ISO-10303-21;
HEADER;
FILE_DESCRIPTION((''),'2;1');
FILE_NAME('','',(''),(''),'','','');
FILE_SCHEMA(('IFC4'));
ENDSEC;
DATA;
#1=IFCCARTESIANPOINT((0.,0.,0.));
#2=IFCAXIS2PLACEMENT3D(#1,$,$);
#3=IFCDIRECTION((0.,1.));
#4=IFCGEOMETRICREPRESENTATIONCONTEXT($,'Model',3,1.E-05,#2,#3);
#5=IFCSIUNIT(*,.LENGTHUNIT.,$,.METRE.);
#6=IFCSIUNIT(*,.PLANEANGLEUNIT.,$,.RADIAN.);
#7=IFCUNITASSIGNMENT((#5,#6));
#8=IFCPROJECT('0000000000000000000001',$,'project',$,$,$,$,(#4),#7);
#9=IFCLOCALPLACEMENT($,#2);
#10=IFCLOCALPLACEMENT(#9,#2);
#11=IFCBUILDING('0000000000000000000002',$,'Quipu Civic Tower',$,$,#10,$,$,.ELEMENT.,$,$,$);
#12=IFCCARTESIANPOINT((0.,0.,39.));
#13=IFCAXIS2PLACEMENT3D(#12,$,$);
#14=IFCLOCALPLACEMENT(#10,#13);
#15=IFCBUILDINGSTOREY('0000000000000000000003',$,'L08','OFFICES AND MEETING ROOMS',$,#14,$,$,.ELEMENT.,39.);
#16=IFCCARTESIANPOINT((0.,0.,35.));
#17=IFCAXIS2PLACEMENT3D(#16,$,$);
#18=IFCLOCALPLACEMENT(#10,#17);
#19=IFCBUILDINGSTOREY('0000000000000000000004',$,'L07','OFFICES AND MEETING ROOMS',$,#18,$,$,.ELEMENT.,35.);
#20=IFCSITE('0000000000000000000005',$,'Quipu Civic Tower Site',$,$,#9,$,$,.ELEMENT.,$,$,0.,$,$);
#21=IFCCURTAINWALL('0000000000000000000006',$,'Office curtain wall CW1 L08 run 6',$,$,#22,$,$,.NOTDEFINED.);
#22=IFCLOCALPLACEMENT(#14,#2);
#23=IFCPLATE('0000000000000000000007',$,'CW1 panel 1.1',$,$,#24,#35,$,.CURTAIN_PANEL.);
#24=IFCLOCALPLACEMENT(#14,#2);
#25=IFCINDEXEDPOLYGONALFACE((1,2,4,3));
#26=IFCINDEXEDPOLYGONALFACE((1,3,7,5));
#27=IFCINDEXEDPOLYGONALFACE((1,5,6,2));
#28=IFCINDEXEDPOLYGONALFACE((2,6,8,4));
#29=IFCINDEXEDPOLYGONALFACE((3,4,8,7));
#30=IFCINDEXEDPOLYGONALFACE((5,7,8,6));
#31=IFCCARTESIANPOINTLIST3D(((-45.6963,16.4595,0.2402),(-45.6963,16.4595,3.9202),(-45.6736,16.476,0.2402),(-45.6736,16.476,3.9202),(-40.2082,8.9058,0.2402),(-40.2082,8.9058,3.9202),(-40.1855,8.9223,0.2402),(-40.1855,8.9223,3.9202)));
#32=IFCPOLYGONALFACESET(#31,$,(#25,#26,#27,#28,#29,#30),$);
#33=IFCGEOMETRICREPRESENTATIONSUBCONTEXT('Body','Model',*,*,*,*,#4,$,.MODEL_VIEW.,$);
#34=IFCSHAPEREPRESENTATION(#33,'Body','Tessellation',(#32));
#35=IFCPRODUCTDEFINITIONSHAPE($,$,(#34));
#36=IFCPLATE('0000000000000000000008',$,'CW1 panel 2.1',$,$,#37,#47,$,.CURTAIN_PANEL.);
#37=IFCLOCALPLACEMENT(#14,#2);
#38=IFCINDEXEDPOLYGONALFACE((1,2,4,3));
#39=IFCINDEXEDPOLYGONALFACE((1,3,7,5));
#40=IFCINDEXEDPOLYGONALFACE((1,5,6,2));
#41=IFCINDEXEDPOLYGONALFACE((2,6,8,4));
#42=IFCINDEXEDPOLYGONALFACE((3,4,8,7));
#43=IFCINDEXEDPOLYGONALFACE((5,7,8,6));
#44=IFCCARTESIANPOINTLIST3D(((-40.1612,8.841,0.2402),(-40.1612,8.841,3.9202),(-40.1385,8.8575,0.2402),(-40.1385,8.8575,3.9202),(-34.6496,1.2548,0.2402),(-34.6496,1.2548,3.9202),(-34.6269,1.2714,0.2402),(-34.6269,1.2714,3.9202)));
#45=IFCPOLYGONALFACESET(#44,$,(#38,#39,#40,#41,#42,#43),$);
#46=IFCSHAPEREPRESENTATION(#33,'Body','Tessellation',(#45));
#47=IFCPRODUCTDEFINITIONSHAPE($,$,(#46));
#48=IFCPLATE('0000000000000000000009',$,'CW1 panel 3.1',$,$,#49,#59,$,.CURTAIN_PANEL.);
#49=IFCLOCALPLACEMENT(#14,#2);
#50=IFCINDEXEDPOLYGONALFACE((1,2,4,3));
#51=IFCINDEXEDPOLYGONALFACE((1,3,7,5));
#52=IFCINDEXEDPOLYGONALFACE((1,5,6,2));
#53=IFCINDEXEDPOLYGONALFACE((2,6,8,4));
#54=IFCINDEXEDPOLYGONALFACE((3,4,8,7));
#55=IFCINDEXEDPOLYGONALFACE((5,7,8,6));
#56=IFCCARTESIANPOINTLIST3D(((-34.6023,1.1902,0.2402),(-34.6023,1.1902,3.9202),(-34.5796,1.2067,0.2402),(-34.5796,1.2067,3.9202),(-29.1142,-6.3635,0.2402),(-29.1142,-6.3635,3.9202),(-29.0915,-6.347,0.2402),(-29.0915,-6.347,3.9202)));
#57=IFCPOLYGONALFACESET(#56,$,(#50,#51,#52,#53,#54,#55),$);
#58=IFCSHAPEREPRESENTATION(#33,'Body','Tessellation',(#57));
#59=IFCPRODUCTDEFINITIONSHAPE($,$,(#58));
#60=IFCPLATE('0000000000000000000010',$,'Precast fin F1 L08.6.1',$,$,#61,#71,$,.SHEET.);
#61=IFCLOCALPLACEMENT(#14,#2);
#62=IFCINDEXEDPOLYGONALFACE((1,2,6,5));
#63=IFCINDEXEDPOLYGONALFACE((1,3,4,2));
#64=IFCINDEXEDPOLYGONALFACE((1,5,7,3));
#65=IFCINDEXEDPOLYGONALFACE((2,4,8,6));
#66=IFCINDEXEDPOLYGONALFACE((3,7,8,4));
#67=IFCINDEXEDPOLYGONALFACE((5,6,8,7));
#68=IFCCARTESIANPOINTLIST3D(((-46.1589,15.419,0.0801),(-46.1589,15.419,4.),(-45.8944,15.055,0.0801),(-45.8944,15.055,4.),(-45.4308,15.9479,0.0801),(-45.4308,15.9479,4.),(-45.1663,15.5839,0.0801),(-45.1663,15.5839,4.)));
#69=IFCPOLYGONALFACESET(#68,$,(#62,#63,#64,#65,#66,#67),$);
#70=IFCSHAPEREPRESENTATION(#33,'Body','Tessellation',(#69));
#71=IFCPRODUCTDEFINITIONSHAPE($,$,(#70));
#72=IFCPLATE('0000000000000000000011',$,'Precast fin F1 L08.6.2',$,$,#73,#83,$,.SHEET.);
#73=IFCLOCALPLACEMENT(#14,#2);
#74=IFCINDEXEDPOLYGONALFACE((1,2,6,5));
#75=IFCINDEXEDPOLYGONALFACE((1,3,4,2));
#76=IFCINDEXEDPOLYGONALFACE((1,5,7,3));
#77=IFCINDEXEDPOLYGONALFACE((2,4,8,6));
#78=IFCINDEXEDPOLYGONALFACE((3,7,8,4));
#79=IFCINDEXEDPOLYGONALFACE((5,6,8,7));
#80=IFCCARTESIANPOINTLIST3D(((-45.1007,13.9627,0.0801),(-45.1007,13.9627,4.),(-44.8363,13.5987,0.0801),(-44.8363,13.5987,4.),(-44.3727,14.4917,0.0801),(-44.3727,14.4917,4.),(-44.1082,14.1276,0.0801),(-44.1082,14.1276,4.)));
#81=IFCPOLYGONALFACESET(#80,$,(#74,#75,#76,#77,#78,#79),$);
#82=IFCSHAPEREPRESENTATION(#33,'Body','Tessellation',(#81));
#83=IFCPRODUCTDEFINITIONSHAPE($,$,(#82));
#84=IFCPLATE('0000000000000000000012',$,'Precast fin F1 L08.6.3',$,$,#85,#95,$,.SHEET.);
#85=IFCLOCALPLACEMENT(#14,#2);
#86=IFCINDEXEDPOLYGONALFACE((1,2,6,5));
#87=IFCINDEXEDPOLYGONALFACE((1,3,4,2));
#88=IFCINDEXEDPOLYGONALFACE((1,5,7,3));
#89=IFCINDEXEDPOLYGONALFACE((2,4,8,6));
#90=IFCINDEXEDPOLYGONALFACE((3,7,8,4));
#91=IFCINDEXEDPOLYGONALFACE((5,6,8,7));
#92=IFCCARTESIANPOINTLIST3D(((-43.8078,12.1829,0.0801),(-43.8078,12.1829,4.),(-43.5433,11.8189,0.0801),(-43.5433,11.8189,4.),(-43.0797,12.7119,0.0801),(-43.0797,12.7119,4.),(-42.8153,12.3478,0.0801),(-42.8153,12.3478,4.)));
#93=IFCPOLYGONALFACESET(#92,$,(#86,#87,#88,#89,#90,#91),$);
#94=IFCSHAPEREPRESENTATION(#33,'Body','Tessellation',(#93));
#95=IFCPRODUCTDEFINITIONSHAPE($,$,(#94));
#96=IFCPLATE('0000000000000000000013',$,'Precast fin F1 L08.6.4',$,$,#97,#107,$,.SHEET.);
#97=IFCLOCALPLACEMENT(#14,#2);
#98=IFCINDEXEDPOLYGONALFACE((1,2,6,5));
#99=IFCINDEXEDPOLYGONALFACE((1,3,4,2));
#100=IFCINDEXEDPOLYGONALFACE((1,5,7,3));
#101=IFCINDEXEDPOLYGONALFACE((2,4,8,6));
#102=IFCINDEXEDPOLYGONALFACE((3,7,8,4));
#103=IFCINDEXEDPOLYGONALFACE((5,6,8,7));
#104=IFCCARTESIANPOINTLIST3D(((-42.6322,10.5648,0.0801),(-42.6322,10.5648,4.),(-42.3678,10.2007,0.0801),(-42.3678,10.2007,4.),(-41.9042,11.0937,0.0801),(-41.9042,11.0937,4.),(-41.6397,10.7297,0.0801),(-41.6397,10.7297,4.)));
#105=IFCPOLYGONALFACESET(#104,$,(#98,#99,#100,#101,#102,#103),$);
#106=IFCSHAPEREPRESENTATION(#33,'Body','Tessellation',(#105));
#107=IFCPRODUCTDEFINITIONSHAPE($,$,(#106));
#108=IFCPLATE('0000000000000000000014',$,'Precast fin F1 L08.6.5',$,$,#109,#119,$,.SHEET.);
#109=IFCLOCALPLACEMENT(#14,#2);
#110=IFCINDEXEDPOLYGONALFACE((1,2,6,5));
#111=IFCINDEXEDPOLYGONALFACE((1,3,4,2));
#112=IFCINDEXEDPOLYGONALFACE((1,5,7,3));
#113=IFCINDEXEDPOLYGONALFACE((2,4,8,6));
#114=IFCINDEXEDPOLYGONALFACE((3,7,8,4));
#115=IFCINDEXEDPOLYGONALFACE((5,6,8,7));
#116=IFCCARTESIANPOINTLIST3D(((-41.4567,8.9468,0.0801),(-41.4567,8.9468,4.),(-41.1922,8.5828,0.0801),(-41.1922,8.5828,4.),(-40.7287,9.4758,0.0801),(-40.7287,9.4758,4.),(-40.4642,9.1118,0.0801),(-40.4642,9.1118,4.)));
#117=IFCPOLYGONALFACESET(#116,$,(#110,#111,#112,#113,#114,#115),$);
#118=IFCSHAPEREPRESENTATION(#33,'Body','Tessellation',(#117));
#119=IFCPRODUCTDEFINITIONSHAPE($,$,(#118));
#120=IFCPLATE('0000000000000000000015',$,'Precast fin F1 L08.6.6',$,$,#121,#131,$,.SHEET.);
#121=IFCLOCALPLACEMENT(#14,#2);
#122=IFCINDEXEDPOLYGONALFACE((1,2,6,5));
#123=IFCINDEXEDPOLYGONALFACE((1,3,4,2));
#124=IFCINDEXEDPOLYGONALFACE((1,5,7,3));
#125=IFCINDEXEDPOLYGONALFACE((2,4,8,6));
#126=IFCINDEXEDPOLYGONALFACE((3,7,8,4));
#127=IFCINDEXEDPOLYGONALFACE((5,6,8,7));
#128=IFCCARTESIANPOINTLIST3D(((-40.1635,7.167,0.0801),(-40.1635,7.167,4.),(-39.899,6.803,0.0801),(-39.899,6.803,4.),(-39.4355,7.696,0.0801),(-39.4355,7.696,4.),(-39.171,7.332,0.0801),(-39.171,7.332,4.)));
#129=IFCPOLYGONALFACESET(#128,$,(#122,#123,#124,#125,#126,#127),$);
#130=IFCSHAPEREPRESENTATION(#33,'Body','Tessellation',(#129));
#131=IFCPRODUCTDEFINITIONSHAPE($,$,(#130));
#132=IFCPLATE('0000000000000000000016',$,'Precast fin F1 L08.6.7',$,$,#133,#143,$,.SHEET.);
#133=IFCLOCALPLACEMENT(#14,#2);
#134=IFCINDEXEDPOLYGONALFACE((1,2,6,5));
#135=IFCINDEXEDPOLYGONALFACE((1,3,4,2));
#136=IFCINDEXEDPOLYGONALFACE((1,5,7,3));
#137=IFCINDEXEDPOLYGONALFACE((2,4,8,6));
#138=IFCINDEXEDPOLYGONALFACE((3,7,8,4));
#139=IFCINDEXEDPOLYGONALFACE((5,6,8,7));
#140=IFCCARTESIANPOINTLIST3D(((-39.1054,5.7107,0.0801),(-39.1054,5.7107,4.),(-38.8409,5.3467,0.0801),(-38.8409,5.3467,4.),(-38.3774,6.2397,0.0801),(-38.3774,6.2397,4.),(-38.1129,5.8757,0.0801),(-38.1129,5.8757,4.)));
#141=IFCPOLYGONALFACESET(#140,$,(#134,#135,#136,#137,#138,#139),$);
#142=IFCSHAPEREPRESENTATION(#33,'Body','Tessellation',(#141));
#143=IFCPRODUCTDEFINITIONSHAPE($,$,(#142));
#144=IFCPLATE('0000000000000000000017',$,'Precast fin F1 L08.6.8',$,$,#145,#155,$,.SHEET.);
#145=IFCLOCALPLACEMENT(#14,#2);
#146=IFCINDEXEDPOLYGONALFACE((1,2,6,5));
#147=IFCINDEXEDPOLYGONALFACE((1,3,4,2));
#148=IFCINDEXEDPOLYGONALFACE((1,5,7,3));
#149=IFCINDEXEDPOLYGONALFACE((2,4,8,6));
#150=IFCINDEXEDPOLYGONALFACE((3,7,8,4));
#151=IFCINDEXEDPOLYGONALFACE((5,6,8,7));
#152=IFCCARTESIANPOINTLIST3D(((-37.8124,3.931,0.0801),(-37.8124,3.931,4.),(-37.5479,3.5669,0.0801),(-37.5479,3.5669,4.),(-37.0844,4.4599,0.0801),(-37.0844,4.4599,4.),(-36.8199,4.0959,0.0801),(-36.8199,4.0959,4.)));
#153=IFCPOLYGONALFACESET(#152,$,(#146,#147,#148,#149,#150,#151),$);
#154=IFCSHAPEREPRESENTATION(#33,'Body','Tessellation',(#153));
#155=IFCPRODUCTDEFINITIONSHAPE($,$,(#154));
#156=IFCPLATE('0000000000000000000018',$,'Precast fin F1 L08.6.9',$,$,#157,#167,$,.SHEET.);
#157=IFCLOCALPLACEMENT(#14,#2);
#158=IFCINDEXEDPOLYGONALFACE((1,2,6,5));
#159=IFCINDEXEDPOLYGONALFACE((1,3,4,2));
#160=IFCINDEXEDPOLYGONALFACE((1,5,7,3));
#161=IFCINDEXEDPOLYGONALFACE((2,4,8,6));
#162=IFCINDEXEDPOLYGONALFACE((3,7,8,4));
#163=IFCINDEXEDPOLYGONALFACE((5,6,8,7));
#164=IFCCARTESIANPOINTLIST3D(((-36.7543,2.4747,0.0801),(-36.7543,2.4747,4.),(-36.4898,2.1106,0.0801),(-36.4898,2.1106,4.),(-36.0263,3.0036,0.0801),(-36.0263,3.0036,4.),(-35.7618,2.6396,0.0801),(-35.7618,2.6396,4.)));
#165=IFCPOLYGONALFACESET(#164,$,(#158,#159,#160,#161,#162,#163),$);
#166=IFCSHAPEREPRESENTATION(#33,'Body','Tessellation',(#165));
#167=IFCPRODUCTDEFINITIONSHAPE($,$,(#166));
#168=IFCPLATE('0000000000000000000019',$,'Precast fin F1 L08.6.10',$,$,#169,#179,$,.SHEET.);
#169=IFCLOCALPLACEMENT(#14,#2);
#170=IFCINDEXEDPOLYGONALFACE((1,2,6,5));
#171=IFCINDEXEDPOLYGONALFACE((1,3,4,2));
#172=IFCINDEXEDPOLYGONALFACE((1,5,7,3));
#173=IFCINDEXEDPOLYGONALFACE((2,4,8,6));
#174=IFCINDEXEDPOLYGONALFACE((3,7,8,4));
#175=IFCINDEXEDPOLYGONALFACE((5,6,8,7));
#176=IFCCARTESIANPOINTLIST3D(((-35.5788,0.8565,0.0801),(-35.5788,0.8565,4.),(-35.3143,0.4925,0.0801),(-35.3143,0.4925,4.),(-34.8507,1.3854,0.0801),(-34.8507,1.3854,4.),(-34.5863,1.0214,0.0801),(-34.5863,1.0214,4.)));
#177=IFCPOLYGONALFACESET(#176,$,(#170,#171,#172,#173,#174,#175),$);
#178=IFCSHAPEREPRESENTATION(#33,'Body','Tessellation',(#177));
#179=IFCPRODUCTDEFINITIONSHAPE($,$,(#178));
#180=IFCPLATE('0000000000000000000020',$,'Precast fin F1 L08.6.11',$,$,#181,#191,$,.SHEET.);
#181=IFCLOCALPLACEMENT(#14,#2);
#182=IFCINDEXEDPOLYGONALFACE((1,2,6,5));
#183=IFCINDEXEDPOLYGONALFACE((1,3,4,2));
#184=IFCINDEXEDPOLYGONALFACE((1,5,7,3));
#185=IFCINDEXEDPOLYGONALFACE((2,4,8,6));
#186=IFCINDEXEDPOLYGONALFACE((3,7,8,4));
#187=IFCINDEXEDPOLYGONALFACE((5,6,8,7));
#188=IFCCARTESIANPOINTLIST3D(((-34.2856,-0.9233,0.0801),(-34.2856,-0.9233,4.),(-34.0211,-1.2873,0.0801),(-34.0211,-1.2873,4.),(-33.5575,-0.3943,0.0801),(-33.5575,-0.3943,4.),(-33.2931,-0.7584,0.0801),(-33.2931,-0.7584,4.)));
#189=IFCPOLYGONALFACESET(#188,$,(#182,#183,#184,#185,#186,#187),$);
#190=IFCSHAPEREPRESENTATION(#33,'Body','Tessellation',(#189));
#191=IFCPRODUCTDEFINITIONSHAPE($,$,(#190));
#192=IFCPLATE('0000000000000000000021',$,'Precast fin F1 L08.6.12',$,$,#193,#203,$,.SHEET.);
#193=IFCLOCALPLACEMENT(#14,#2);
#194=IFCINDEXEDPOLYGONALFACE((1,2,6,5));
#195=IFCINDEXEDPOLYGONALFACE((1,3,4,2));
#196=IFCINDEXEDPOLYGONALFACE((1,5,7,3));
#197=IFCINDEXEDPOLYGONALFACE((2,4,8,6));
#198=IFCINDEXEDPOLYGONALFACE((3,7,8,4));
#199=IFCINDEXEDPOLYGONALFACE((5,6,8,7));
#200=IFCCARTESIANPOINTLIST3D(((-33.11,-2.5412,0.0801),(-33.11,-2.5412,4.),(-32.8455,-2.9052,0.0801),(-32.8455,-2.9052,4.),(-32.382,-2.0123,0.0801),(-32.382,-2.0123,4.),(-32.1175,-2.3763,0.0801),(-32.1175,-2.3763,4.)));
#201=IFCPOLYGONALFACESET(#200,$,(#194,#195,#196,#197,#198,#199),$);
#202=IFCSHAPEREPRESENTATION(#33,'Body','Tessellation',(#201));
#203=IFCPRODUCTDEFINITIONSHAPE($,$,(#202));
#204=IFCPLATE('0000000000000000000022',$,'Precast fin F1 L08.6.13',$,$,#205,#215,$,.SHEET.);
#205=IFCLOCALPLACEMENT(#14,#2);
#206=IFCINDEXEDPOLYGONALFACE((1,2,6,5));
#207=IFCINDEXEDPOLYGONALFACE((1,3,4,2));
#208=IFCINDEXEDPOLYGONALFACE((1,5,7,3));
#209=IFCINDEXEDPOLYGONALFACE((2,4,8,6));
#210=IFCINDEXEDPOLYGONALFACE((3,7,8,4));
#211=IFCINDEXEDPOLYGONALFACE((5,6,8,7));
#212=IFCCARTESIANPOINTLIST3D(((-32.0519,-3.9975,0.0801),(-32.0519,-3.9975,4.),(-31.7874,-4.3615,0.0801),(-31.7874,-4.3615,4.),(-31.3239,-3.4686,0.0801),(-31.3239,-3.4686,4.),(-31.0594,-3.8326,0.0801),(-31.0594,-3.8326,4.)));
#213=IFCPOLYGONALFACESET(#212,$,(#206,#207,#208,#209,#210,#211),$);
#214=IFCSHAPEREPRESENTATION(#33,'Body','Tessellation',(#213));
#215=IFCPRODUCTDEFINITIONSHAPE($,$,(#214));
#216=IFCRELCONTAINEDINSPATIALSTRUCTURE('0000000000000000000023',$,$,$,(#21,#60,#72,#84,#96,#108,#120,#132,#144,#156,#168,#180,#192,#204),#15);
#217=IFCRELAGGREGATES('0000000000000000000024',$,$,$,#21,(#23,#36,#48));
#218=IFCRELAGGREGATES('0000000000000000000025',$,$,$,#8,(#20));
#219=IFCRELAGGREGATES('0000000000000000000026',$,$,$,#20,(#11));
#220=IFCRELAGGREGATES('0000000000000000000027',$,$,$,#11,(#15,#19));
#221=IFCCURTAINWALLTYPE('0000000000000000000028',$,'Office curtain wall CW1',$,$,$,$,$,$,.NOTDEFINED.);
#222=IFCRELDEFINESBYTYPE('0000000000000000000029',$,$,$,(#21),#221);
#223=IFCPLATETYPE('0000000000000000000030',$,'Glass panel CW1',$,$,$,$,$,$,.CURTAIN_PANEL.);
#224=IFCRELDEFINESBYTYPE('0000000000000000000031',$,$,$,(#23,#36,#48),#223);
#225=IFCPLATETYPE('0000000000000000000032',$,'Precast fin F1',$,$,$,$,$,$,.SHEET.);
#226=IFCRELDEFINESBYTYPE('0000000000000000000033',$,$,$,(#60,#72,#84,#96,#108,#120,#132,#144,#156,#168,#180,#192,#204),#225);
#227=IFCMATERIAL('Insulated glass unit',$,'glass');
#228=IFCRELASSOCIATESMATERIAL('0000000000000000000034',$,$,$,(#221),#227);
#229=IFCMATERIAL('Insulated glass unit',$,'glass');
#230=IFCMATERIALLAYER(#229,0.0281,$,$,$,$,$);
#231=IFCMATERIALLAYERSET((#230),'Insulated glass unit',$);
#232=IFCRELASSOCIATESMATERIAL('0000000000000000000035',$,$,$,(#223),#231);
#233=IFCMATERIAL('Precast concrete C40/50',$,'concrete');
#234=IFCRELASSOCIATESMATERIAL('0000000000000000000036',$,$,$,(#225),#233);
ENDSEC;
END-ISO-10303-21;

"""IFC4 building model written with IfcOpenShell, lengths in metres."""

from ifc_helpers import new_model, si_unit, direction, frame, origin, origin_2d, place, context, subcontext, project, spatial, rectangle, extrude, material, layer, layer_set, type_object, element, aggregate, save


model = new_model("IFC4")

# Units and contexts
model_context = context("Model", 3, precision=1e-05, world=origin(), true_north=direction((0.0, 1.0)))
body_context = subcontext(model_context, "Body", "Model", "MODEL_VIEW")
ifc_project = project(units=[si_unit("LENGTHUNIT", "METRE"), si_unit("PLANEANGLEUNIT", "RADIAN")], contexts=[model_context])

# Site, building, storey
site_placement = place(None, origin())
site = spatial("IfcSite", under=ifc_project, at=site_placement, Name="Quipu Civic Tower Site", CompositionType="ELEMENT", RefElevation=0.0)
building_placement = place(site_placement, origin())
building = spatial("IfcBuilding", under=site, at=building_placement, Name="Quipu Civic Tower", CompositionType="ELEMENT")
storey_1_placement = place(building_placement, frame((0.0, 0.0, 39.0)))
storey_1 = spatial("IfcBuildingStorey", under=building, at=storey_1_placement, Name="L08", Description="OFFICES AND MEETING ROOMS", CompositionType="ELEMENT", Elevation=39.0)

# Curtain wall
ifc_material_1 = material(Name="Insulated glass unit", Category="glass")
curtain_wall_type = type_object("IfcCurtainWallType", Name="Office curtain wall CW1", PredefinedType="NOTDEFINED", material=ifc_material_1)
curtain_wall_1_placement = place(storey_1_placement, origin())
curtain_wall_1 = element("IfcCurtainWall", 1, at=curtain_wall_1_placement, inside=storey_1, type_object=curtain_wall_type, Name="Office curtain wall CW1 L08 run 6", PredefinedType="NOTDEFINED")

# Shared definitions
storey_2_placement = place(building_placement, frame((0.0, 0.0, 35.0)))
storey_2 = spatial("IfcBuildingStorey", under=building, at=storey_2_placement, Name="L07", Description="OFFICES AND MEETING ROOMS", CompositionType="ELEMENT", Elevation=35.0)

# Plates
ifc_material_2 = material(Name="Insulated glass unit", Category="glass")
ifc_layer = layer(ifc_material_2, 0.0281)
ifc_layer_set = layer_set([ifc_layer], Name="Insulated glass unit")
plate_type_1 = type_object("IfcPlateType", Name="Glass panel CW1", PredefinedType="CURTAIN_PANEL", material=ifc_layer_set)
plate_1_placement = place(storey_1_placement, frame((-42.9409, 12.6909, 0.2402), z_axis=(0.0, 0.0, 1.0), x_axis=(0.587787, -0.809016, 0.0)))
plate_1 = element("IfcPlate", 2, at=plate_1_placement, type_object=plate_type_1, Name="CW1 panel 1.1", PredefinedType="CURTAIN_PANEL", context=body_context, shape_type="SweptSolid", body=[
    extrude(rectangle(XDim=9.3369, YDim=0.0281, at=origin_2d()), origin(), (0.0, 0.0, 1.0), 3.6799),
])
plate_2_placement = place(storey_1_placement, frame((-37.394, 5.0562, 0.2402), z_axis=(0.0, 0.0, 1.0), x_axis=(0.587787, -0.809016, 0.0)))
plate_2 = element("IfcPlate", 3, at=plate_2_placement, type_object=plate_type_1, Name="CW1 panel 2.1", PredefinedType="CURTAIN_PANEL", context=body_context, shape_type="SweptSolid", body=[
    extrude(rectangle(XDim=9.377, YDim=0.0281, at=origin_2d()), origin(), (0.0, 0.0, 1.0), 3.6799),
])
plate_3_placement = place(storey_1_placement, frame((-31.8469, -2.5784, 0.2402), z_axis=(0.0, 0.0, 1.0), x_axis=(0.587787, -0.809016, 0.0)))
plate_3 = element("IfcPlate", 4, at=plate_3_placement, type_object=plate_type_1, Name="CW1 panel 3.1", PredefinedType="CURTAIN_PANEL", context=body_context, shape_type="SweptSolid", body=[
    extrude(rectangle(XDim=9.3369, YDim=0.0281, at=origin_2d()), origin(), (0.0, 0.0, 1.0), 3.6799),
])
aggregate(curtain_wall_1, [plate_1, plate_2, plate_3])

# Plates
ifc_material_3 = material(Name="Precast concrete C40/50", Category="concrete")
plate_type_2 = type_object("IfcPlateType", Name="Precast fin F1", PredefinedType="SHEET", material=ifc_material_3)
for number, where, z_axis, x_axis, name in (
    (5, (-45.6626, 15.5015, 0.0801), (0.0, 0.0, 1.0), (0.587787, -0.809016, 0.0), "Precast fin F1 L08.6.1"),
    (6, (-44.6045, 14.0452, 0.0801), (0.0, 0.0, 1.0), (0.587787, -0.809016, 0.0), "Precast fin F1 L08.6.2"),
    (7, (-43.3115, 12.2654, 0.0801), (0.0, 0.0, 1.0), (0.587787, -0.809016, 0.0), "Precast fin F1 L08.6.3"),
    (8, (-42.136, 10.6472, 0.0801), (0.0, 0.0, 1.0), (0.587787, -0.809016, 0.0), "Precast fin F1 L08.6.4"),
    (9, (-40.9604, 9.0293, 0.0801), (0.0, 0.0, 1.0), (0.587787, -0.809016, 0.0), "Precast fin F1 L08.6.5"),
    (10, (-39.6672, 7.2495, 0.0801), (0.0, 0.0, 1.0), (0.587787, -0.809016, 0.0), "Precast fin F1 L08.6.6"),
    (11, (-38.6091, 5.7932, 0.0801), (0.0, 0.0, 1.0), (0.587787, -0.809016, 0.0), "Precast fin F1 L08.6.7"),
    (12, (-37.3162, 4.0134, 0.0801), (0.0, 0.0, 1.0), (0.587787, -0.809016, 0.0), "Precast fin F1 L08.6.8"),
    (13, (-36.2581, 2.5571, 0.0801), (0.0, 0.0, 1.0), (0.587787, -0.809016, 0.0), "Precast fin F1 L08.6.9"),
    (14, (-35.0825, 0.939, 0.0801), (0.0, 0.0, 1.0), (0.587787, -0.809016, 0.0), "Precast fin F1 L08.6.10"),
    (15, (-33.7893, -0.8408, 0.0801), (0.0, 0.0, 1.0), (0.587787, -0.809016, 0.0), "Precast fin F1 L08.6.11"),
    (16, (-32.6138, -2.4587, 0.0801), (0.0, 0.0, 1.0), (0.587787, -0.809016, 0.0), "Precast fin F1 L08.6.12"),
    (17, (-31.5557, -3.915, 0.0801), (0.0, 0.0, 1.0), (0.587787, -0.809016, 0.0), "Precast fin F1 L08.6.13"),
):
    element("IfcPlate", number, at=place(storey_1_placement, frame(where, z_axis=z_axis, x_axis=x_axis)), inside=storey_1, type_object=plate_type_2, Name=name, PredefinedType="SHEET", context=body_context, shape_type="SweptSolid", body=[
        extrude(rectangle(XDim=0.45, YDim=0.8999, at=origin_2d()), origin(), (0.0, 0.0, 1.0), 3.9199),
    ])

save(model, "model.ifc")
